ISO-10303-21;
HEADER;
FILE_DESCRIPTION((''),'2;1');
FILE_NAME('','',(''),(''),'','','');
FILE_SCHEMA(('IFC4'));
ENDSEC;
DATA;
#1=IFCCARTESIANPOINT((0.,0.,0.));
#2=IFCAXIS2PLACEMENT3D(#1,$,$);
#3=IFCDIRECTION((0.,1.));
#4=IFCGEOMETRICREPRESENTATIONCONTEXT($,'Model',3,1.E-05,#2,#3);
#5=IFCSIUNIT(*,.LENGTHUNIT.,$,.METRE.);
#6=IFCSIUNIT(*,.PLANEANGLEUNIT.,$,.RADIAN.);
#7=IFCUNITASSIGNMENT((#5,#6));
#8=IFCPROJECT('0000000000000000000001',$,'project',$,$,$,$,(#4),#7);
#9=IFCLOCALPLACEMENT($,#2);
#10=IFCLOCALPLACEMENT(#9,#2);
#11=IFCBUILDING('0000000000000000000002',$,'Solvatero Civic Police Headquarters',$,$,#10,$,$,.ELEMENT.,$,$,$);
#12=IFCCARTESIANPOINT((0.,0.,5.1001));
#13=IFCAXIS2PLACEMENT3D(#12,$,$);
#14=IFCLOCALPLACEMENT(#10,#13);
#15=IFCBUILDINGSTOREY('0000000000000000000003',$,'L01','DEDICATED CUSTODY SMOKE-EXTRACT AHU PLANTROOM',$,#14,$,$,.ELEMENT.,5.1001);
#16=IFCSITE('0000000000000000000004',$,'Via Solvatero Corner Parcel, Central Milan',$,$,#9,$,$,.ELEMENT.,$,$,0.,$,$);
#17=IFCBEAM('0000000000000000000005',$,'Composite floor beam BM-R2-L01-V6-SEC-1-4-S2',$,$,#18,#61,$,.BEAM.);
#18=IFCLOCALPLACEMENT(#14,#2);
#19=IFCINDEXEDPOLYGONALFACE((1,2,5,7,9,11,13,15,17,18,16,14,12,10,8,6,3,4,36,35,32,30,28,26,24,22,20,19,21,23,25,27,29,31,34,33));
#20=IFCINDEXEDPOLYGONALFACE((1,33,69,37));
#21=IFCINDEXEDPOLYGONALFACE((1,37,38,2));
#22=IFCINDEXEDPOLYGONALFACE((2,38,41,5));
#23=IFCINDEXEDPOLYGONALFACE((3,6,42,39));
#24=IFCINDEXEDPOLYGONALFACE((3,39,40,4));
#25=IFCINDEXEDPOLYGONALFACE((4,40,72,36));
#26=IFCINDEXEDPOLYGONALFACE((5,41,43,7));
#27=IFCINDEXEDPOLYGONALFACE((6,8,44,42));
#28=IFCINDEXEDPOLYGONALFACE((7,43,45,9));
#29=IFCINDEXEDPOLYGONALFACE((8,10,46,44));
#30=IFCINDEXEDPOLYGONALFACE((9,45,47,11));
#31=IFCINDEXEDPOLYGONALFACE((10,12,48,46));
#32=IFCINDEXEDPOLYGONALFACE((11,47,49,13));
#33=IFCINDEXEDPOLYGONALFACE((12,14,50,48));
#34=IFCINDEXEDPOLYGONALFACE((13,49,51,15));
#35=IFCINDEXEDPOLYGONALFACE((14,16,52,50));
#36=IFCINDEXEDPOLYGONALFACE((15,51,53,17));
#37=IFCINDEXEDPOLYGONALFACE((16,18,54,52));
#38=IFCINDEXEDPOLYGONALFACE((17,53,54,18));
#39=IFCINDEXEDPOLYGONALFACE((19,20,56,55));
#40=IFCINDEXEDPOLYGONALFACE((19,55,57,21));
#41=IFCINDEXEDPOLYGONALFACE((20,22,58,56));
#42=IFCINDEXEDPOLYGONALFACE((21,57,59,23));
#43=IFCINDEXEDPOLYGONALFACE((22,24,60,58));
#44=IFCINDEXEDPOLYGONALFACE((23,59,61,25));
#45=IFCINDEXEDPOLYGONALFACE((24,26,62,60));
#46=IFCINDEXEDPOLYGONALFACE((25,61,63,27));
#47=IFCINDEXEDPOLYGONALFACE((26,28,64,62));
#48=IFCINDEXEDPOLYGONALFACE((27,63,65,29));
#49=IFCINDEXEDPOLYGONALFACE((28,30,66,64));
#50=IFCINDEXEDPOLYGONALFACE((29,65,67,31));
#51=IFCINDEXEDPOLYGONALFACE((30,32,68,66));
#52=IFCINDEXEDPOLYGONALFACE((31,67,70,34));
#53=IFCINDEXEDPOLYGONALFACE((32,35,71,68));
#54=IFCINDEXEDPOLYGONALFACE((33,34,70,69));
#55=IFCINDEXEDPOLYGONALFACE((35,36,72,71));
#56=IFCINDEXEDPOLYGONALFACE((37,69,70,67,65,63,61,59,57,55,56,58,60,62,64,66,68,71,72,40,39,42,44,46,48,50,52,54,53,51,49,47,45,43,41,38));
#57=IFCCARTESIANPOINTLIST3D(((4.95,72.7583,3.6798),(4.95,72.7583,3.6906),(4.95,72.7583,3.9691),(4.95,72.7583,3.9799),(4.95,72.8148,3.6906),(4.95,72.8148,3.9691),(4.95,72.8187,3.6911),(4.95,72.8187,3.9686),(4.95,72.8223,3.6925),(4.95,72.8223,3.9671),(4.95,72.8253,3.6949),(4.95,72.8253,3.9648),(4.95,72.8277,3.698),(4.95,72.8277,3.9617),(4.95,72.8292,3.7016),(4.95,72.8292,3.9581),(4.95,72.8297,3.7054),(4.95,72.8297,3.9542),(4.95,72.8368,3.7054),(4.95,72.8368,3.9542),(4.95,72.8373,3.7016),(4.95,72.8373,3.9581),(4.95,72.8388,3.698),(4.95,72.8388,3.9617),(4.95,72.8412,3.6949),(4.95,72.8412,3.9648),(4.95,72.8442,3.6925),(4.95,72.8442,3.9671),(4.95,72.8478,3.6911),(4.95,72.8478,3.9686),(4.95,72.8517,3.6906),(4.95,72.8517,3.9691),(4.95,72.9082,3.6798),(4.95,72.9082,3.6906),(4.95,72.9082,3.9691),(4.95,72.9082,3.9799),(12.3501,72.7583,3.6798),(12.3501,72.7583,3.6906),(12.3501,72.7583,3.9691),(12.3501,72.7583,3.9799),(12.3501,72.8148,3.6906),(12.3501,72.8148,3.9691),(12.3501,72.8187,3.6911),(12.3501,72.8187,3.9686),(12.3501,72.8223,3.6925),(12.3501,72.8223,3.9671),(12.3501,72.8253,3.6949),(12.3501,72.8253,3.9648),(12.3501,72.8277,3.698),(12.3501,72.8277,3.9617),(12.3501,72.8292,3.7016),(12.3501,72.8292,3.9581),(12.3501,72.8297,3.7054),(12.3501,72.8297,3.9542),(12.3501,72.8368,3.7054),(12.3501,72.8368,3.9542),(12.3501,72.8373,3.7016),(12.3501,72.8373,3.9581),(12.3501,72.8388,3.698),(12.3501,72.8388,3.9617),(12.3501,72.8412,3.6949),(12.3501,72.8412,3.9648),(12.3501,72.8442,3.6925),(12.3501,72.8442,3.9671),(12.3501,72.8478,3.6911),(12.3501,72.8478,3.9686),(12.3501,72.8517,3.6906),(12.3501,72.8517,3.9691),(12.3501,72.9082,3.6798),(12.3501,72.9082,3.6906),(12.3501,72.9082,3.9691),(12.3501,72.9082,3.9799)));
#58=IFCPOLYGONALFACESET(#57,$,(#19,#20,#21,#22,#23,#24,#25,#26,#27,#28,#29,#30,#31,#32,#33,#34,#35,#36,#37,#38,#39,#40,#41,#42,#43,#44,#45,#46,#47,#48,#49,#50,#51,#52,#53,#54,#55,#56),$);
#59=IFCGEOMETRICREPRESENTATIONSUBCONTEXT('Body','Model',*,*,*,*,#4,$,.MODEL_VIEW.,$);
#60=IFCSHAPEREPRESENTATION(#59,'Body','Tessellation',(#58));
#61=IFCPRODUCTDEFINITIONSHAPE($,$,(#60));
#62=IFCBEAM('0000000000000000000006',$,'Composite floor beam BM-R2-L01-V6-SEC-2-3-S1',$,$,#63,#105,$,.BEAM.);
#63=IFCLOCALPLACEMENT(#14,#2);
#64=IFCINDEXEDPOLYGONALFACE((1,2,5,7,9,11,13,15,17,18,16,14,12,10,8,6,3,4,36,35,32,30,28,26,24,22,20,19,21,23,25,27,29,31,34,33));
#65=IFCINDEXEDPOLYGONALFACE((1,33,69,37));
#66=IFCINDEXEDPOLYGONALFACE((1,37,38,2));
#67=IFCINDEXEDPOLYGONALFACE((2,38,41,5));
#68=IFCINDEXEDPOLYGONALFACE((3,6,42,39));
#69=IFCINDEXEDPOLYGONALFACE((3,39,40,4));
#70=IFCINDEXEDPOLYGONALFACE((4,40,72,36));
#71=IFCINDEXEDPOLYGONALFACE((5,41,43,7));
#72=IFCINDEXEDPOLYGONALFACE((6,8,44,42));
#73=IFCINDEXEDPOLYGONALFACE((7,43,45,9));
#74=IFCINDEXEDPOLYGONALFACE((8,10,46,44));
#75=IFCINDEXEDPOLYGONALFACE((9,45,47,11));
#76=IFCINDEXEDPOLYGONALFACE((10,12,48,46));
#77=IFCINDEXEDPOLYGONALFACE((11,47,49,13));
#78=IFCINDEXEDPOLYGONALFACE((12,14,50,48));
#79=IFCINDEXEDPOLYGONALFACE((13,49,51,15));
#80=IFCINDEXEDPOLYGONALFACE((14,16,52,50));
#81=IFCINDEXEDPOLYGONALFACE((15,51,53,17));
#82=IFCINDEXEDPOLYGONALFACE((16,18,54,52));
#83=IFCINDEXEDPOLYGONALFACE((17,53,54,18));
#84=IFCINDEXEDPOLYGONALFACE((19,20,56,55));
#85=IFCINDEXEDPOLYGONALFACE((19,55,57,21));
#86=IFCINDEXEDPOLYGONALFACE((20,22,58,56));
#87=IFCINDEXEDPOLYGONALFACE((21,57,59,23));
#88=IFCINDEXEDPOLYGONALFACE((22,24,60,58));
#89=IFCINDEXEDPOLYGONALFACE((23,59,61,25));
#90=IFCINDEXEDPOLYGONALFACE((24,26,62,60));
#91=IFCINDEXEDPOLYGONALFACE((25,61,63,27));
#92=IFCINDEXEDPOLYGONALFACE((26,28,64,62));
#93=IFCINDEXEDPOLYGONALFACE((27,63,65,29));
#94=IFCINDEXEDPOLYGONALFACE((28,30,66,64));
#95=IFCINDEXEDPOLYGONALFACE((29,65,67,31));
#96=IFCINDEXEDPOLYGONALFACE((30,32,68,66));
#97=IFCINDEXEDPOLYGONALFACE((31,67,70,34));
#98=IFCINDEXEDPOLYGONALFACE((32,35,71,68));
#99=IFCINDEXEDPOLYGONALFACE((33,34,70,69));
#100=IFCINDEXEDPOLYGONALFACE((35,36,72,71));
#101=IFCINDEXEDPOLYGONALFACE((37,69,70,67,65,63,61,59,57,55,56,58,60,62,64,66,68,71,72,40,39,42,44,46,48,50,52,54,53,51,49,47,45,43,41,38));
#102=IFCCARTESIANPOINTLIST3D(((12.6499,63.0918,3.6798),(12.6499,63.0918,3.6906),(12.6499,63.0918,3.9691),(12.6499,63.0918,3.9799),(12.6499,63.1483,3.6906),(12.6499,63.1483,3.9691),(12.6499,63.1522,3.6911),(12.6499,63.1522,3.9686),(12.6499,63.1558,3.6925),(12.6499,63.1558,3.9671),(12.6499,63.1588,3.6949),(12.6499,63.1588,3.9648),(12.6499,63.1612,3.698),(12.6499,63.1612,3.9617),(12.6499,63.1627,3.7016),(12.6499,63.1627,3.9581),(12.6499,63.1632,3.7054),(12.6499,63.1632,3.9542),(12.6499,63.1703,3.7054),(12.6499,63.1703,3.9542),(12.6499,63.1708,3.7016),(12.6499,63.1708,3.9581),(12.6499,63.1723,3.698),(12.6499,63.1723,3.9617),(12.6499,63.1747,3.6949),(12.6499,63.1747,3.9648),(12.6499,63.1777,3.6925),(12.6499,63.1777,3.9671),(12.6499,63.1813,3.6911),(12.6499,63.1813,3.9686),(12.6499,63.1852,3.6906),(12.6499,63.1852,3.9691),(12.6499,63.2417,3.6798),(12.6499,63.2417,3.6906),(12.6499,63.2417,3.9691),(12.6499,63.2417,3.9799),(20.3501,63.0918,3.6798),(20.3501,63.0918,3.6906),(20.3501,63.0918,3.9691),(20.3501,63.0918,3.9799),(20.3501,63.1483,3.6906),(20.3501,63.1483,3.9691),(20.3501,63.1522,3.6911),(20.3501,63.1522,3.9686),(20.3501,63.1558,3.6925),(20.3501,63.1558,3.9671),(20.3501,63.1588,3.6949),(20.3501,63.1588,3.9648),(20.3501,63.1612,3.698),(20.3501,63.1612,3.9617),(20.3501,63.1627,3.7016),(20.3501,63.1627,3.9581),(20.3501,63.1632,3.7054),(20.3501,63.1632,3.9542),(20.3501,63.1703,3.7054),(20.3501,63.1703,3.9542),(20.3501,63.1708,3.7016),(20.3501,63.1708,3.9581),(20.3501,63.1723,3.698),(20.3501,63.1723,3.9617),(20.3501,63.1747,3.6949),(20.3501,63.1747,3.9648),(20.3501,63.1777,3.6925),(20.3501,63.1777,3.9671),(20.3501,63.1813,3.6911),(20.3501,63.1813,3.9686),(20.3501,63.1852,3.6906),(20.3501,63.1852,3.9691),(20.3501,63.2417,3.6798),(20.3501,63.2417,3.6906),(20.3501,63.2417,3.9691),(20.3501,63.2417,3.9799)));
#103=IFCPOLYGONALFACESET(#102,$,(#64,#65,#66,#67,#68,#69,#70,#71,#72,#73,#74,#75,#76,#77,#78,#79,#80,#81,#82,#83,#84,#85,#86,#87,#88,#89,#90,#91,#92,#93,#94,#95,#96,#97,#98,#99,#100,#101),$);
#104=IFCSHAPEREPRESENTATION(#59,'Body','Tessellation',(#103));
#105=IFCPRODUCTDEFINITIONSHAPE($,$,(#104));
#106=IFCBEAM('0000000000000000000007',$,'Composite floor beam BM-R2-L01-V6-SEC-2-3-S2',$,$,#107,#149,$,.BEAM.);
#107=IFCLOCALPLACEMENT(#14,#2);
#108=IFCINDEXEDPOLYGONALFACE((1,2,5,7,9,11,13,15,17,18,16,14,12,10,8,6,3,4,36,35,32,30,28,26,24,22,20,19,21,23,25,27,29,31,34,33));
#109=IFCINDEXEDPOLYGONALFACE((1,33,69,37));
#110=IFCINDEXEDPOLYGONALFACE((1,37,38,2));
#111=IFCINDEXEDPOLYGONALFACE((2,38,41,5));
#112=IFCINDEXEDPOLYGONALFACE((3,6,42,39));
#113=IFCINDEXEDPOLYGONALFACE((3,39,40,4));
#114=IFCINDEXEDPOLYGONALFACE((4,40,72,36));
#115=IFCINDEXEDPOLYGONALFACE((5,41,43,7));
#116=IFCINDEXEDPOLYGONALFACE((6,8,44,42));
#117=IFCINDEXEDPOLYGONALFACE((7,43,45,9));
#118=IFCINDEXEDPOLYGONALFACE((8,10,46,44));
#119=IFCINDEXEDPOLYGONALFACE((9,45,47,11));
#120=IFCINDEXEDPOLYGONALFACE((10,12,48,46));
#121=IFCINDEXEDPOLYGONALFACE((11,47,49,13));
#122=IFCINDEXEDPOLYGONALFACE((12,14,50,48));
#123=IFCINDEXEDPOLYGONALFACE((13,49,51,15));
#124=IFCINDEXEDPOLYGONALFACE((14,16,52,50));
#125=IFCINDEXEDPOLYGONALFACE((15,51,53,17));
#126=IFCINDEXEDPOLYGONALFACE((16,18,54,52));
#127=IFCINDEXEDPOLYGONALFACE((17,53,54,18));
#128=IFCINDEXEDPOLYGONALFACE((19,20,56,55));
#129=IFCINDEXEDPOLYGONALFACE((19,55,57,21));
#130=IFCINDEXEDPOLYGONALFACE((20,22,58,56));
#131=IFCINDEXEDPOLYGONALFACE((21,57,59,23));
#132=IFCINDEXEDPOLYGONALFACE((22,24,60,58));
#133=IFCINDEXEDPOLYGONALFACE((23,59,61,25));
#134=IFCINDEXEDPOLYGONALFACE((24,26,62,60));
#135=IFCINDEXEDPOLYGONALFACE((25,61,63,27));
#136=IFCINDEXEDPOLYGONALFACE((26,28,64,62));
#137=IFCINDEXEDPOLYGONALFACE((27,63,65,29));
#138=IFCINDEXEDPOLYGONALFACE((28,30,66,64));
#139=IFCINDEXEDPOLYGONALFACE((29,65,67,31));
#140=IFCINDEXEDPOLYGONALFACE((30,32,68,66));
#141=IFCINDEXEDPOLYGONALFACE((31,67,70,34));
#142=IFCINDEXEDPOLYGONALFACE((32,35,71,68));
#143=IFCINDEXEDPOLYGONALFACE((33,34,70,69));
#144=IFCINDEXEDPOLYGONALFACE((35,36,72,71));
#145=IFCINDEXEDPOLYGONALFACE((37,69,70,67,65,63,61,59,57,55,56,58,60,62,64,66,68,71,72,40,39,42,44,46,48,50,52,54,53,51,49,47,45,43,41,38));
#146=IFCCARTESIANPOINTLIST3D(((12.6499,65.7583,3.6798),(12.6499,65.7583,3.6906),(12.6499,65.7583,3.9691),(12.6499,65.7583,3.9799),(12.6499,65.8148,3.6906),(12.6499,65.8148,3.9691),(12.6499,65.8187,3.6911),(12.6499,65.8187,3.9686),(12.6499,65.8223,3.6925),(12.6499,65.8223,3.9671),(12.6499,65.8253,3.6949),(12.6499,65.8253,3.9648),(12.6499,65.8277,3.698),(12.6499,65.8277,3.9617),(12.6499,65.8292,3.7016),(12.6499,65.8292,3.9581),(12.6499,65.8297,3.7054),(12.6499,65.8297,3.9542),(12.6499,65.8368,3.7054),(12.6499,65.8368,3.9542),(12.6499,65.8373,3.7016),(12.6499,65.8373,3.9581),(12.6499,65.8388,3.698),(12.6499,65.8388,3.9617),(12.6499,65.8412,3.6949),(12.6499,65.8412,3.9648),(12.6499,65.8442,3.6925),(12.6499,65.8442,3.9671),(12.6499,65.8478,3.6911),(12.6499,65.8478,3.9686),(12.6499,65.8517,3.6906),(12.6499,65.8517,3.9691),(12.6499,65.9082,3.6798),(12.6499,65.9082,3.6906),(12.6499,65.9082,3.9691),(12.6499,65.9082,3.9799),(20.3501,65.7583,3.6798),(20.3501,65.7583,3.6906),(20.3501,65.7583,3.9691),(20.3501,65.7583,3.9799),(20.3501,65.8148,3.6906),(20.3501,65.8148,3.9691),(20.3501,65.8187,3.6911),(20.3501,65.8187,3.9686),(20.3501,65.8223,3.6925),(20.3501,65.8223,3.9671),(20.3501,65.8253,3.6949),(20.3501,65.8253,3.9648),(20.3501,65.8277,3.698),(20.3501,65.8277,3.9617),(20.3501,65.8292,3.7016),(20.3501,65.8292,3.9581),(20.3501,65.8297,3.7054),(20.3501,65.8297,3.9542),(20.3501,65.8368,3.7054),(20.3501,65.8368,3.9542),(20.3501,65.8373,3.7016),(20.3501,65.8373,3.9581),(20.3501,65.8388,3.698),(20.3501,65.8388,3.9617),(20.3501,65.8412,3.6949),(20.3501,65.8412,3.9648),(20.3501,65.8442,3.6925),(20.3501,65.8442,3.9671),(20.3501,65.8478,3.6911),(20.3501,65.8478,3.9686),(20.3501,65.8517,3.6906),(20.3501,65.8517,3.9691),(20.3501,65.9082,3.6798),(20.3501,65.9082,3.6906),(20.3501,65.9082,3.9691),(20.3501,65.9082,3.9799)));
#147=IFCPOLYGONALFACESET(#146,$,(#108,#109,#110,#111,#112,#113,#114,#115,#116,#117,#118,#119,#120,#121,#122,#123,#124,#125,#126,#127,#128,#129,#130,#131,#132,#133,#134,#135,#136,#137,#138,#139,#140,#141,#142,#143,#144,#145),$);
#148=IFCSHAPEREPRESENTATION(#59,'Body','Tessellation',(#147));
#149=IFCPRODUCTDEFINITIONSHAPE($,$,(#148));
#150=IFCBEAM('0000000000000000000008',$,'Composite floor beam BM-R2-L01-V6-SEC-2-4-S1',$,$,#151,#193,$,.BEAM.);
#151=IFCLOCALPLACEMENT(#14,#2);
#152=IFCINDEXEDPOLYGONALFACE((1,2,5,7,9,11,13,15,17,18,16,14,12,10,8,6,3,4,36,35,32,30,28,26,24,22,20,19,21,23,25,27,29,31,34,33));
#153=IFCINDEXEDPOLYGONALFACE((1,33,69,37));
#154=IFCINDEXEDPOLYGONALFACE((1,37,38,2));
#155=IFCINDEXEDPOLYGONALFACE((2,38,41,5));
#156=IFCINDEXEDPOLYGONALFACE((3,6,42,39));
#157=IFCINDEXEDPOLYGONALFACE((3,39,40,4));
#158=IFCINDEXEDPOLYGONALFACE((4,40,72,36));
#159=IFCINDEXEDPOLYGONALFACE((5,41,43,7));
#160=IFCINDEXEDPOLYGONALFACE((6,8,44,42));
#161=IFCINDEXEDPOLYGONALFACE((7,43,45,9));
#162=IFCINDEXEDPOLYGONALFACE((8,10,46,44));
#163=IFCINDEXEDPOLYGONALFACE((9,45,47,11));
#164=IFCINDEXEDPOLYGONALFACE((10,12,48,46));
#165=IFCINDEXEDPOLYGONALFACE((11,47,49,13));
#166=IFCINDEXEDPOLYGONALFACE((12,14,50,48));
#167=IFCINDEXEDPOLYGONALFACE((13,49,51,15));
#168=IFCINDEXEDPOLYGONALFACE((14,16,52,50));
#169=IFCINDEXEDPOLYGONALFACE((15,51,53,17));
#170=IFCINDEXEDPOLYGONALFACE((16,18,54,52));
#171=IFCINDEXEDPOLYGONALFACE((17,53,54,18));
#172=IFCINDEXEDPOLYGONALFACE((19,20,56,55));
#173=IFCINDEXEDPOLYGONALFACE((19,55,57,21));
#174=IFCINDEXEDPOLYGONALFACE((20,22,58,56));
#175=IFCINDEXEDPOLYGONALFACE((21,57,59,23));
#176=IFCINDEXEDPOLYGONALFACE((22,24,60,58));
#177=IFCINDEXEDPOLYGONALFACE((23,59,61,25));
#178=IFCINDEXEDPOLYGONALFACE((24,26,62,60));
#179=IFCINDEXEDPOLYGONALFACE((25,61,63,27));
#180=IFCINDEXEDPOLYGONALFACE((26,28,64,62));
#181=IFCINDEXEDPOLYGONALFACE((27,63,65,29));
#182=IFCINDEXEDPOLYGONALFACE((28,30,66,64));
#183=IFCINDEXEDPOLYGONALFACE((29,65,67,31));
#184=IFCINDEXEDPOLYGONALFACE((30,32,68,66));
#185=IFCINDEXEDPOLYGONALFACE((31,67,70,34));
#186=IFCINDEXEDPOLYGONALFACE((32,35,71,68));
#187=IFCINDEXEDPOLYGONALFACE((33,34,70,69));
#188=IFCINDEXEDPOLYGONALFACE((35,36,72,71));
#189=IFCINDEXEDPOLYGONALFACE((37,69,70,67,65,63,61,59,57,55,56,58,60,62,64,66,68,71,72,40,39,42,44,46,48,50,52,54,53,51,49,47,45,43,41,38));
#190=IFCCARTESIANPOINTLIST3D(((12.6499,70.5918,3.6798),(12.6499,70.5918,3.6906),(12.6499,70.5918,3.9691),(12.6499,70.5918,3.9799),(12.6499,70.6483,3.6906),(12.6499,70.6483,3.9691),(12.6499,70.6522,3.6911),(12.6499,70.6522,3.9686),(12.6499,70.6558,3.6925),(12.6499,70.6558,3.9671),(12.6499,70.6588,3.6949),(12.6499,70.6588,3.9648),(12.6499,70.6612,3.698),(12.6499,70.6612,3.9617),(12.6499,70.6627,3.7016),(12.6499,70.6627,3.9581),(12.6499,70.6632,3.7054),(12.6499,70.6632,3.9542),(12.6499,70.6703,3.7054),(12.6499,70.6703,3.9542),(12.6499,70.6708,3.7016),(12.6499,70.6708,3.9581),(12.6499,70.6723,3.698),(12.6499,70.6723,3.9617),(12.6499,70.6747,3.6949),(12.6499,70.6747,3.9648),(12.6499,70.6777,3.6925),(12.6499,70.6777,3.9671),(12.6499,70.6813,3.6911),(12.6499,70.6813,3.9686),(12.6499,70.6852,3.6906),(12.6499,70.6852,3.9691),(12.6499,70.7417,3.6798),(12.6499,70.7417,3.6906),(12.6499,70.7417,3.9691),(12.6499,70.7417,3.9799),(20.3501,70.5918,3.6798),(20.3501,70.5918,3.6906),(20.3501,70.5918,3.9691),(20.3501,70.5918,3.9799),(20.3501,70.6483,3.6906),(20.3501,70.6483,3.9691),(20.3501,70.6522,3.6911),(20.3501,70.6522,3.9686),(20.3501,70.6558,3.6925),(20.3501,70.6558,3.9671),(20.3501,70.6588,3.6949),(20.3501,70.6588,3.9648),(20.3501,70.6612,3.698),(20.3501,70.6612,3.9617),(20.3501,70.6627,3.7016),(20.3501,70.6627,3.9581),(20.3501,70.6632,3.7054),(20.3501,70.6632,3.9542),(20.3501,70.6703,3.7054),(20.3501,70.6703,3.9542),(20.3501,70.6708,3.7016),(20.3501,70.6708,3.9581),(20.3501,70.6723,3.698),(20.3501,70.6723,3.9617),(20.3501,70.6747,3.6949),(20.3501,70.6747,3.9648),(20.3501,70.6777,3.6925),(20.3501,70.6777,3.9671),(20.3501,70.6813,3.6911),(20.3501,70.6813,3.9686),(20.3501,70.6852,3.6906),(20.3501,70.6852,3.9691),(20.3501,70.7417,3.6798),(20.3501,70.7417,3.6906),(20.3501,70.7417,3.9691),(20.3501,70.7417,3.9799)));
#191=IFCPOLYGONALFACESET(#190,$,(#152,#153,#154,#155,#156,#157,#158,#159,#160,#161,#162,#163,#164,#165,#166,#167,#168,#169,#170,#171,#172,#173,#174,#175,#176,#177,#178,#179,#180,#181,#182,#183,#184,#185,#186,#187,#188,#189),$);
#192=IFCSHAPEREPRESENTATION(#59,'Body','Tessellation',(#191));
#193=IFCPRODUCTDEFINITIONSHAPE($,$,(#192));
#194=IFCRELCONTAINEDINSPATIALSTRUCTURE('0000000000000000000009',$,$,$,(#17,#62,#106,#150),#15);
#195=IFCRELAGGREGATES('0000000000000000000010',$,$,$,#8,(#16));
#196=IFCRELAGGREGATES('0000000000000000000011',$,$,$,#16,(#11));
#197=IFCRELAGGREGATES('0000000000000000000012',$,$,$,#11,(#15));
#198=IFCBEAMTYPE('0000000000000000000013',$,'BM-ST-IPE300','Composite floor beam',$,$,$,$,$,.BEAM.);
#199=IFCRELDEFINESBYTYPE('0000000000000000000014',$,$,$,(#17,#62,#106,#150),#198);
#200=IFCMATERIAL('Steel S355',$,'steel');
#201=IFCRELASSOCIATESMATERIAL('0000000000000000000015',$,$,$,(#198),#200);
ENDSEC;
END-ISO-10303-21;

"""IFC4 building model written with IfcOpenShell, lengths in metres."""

from ifc_helpers import new_model, si_unit, direction, frame, origin, origin_2d, place, context, subcontext, project, spatial, i_section, extrude, material, material_profile, profile_set, type_object, element, save


model = new_model("IFC4")

# Units and contexts
model_context = context("Model", 3, precision=1e-05, world=origin(), true_north=direction((0.0, 1.0)))
body_context = subcontext(model_context, "Body", "Model", "MODEL_VIEW")
ifc_project = project(units=[si_unit("LENGTHUNIT", "METRE"), si_unit("PLANEANGLEUNIT", "RADIAN")], contexts=[model_context])

# Site, building, storey
site_placement = place(None, origin())
site = spatial("IfcSite", under=ifc_project, at=site_placement, Name="Via Solvatero Corner Parcel, Central Milan", CompositionType="ELEMENT", RefElevation=0.0)
building_placement = place(site_placement, origin())
building = spatial("IfcBuilding", under=site, at=building_placement, Name="Solvatero Civic Police Headquarters", CompositionType="ELEMENT")
storey_placement = place(building_placement, frame((0.0, 0.0, 5.1001)))
storey = spatial("IfcBuildingStorey", under=building, at=storey_placement, Name="L01", Description="DEDICATED CUSTODY SMOKE-EXTRACT AHU PLANTROOM", CompositionType="ELEMENT", Elevation=5.1001)

# Shared definitions
ifc_material_1 = material(Name="Steel S355", Category="steel")

# Beams
ifc_material_profile_1 = material_profile(ifc_material_1, i_section(OverallWidth=0.1499, OverallDepth=0.3, WebThickness=0.0071, FlangeThickness=0.0107, FilletRadius=0.0149, at=origin_2d()), Name="IPE 300")
ifc_profile_set_1 = profile_set([ifc_material_profile_1], Name="Steel S355")
beam_type_1 = type_object("IfcBeamType", Name="BM-ST-IPE300", Description="Composite floor beam", PredefinedType="BEAM", material=ifc_profile_set_1)
for number, where, z_axis, x_axis, name in (
    (1, (4.95, 72.8333, 3.8298), (1.0, 0.0, 0.0), (0.0, 1.0, 0.0), "Composite floor beam BM-R2-L01-V6-SEC-1-4-S2"),
):
    element("IfcBeam", number, at=place(storey_placement, frame(where, z_axis=z_axis, x_axis=x_axis)), inside=storey, type_object=beam_type_1, Name=name, PredefinedType="BEAM", context=body_context, shape_type="SweptSolid", body=[
        extrude(i_section(OverallWidth=0.1499, OverallDepth=0.3, WebThickness=0.0071, FlangeThickness=0.0107, FilletRadius=0.0149, at=origin_2d()), origin(), (0.0, 0.0, 1.0), 7.4001),
    ])
for number, where, z_axis, x_axis, name in (
    (2, (12.6499, 63.1667, 3.8298), (1.0, 0.0, 0.0), (0.0, 1.0, 0.0), "Composite floor beam BM-R2-L01-V6-SEC-2-3-S1"),
    (3, (12.6499, 65.8333, 3.8298), (1.0, 0.0, 0.0), (0.0, 1.0, 0.0), "Composite floor beam BM-R2-L01-V6-SEC-2-3-S2"),
    (4, (12.6499, 70.6667, 3.8298), (1.0, 0.0, 0.0), (0.0, 1.0, 0.0), "Composite floor beam BM-R2-L01-V6-SEC-2-4-S1"),
):
    element("IfcBeam", number, at=place(storey_placement, frame(where, z_axis=z_axis, x_axis=x_axis)), inside=storey, type_object=beam_type_1, Name=name, PredefinedType="BEAM", context=body_context, shape_type="SweptSolid", body=[
        extrude(i_section(OverallWidth=0.1499, OverallDepth=0.3, WebThickness=0.0071, FlangeThickness=0.0107, FilletRadius=0.0149, at=origin_2d()), origin(), (0.0, 0.0, 1.0), 7.7002),
    ])

save(model, "model.ifc")
